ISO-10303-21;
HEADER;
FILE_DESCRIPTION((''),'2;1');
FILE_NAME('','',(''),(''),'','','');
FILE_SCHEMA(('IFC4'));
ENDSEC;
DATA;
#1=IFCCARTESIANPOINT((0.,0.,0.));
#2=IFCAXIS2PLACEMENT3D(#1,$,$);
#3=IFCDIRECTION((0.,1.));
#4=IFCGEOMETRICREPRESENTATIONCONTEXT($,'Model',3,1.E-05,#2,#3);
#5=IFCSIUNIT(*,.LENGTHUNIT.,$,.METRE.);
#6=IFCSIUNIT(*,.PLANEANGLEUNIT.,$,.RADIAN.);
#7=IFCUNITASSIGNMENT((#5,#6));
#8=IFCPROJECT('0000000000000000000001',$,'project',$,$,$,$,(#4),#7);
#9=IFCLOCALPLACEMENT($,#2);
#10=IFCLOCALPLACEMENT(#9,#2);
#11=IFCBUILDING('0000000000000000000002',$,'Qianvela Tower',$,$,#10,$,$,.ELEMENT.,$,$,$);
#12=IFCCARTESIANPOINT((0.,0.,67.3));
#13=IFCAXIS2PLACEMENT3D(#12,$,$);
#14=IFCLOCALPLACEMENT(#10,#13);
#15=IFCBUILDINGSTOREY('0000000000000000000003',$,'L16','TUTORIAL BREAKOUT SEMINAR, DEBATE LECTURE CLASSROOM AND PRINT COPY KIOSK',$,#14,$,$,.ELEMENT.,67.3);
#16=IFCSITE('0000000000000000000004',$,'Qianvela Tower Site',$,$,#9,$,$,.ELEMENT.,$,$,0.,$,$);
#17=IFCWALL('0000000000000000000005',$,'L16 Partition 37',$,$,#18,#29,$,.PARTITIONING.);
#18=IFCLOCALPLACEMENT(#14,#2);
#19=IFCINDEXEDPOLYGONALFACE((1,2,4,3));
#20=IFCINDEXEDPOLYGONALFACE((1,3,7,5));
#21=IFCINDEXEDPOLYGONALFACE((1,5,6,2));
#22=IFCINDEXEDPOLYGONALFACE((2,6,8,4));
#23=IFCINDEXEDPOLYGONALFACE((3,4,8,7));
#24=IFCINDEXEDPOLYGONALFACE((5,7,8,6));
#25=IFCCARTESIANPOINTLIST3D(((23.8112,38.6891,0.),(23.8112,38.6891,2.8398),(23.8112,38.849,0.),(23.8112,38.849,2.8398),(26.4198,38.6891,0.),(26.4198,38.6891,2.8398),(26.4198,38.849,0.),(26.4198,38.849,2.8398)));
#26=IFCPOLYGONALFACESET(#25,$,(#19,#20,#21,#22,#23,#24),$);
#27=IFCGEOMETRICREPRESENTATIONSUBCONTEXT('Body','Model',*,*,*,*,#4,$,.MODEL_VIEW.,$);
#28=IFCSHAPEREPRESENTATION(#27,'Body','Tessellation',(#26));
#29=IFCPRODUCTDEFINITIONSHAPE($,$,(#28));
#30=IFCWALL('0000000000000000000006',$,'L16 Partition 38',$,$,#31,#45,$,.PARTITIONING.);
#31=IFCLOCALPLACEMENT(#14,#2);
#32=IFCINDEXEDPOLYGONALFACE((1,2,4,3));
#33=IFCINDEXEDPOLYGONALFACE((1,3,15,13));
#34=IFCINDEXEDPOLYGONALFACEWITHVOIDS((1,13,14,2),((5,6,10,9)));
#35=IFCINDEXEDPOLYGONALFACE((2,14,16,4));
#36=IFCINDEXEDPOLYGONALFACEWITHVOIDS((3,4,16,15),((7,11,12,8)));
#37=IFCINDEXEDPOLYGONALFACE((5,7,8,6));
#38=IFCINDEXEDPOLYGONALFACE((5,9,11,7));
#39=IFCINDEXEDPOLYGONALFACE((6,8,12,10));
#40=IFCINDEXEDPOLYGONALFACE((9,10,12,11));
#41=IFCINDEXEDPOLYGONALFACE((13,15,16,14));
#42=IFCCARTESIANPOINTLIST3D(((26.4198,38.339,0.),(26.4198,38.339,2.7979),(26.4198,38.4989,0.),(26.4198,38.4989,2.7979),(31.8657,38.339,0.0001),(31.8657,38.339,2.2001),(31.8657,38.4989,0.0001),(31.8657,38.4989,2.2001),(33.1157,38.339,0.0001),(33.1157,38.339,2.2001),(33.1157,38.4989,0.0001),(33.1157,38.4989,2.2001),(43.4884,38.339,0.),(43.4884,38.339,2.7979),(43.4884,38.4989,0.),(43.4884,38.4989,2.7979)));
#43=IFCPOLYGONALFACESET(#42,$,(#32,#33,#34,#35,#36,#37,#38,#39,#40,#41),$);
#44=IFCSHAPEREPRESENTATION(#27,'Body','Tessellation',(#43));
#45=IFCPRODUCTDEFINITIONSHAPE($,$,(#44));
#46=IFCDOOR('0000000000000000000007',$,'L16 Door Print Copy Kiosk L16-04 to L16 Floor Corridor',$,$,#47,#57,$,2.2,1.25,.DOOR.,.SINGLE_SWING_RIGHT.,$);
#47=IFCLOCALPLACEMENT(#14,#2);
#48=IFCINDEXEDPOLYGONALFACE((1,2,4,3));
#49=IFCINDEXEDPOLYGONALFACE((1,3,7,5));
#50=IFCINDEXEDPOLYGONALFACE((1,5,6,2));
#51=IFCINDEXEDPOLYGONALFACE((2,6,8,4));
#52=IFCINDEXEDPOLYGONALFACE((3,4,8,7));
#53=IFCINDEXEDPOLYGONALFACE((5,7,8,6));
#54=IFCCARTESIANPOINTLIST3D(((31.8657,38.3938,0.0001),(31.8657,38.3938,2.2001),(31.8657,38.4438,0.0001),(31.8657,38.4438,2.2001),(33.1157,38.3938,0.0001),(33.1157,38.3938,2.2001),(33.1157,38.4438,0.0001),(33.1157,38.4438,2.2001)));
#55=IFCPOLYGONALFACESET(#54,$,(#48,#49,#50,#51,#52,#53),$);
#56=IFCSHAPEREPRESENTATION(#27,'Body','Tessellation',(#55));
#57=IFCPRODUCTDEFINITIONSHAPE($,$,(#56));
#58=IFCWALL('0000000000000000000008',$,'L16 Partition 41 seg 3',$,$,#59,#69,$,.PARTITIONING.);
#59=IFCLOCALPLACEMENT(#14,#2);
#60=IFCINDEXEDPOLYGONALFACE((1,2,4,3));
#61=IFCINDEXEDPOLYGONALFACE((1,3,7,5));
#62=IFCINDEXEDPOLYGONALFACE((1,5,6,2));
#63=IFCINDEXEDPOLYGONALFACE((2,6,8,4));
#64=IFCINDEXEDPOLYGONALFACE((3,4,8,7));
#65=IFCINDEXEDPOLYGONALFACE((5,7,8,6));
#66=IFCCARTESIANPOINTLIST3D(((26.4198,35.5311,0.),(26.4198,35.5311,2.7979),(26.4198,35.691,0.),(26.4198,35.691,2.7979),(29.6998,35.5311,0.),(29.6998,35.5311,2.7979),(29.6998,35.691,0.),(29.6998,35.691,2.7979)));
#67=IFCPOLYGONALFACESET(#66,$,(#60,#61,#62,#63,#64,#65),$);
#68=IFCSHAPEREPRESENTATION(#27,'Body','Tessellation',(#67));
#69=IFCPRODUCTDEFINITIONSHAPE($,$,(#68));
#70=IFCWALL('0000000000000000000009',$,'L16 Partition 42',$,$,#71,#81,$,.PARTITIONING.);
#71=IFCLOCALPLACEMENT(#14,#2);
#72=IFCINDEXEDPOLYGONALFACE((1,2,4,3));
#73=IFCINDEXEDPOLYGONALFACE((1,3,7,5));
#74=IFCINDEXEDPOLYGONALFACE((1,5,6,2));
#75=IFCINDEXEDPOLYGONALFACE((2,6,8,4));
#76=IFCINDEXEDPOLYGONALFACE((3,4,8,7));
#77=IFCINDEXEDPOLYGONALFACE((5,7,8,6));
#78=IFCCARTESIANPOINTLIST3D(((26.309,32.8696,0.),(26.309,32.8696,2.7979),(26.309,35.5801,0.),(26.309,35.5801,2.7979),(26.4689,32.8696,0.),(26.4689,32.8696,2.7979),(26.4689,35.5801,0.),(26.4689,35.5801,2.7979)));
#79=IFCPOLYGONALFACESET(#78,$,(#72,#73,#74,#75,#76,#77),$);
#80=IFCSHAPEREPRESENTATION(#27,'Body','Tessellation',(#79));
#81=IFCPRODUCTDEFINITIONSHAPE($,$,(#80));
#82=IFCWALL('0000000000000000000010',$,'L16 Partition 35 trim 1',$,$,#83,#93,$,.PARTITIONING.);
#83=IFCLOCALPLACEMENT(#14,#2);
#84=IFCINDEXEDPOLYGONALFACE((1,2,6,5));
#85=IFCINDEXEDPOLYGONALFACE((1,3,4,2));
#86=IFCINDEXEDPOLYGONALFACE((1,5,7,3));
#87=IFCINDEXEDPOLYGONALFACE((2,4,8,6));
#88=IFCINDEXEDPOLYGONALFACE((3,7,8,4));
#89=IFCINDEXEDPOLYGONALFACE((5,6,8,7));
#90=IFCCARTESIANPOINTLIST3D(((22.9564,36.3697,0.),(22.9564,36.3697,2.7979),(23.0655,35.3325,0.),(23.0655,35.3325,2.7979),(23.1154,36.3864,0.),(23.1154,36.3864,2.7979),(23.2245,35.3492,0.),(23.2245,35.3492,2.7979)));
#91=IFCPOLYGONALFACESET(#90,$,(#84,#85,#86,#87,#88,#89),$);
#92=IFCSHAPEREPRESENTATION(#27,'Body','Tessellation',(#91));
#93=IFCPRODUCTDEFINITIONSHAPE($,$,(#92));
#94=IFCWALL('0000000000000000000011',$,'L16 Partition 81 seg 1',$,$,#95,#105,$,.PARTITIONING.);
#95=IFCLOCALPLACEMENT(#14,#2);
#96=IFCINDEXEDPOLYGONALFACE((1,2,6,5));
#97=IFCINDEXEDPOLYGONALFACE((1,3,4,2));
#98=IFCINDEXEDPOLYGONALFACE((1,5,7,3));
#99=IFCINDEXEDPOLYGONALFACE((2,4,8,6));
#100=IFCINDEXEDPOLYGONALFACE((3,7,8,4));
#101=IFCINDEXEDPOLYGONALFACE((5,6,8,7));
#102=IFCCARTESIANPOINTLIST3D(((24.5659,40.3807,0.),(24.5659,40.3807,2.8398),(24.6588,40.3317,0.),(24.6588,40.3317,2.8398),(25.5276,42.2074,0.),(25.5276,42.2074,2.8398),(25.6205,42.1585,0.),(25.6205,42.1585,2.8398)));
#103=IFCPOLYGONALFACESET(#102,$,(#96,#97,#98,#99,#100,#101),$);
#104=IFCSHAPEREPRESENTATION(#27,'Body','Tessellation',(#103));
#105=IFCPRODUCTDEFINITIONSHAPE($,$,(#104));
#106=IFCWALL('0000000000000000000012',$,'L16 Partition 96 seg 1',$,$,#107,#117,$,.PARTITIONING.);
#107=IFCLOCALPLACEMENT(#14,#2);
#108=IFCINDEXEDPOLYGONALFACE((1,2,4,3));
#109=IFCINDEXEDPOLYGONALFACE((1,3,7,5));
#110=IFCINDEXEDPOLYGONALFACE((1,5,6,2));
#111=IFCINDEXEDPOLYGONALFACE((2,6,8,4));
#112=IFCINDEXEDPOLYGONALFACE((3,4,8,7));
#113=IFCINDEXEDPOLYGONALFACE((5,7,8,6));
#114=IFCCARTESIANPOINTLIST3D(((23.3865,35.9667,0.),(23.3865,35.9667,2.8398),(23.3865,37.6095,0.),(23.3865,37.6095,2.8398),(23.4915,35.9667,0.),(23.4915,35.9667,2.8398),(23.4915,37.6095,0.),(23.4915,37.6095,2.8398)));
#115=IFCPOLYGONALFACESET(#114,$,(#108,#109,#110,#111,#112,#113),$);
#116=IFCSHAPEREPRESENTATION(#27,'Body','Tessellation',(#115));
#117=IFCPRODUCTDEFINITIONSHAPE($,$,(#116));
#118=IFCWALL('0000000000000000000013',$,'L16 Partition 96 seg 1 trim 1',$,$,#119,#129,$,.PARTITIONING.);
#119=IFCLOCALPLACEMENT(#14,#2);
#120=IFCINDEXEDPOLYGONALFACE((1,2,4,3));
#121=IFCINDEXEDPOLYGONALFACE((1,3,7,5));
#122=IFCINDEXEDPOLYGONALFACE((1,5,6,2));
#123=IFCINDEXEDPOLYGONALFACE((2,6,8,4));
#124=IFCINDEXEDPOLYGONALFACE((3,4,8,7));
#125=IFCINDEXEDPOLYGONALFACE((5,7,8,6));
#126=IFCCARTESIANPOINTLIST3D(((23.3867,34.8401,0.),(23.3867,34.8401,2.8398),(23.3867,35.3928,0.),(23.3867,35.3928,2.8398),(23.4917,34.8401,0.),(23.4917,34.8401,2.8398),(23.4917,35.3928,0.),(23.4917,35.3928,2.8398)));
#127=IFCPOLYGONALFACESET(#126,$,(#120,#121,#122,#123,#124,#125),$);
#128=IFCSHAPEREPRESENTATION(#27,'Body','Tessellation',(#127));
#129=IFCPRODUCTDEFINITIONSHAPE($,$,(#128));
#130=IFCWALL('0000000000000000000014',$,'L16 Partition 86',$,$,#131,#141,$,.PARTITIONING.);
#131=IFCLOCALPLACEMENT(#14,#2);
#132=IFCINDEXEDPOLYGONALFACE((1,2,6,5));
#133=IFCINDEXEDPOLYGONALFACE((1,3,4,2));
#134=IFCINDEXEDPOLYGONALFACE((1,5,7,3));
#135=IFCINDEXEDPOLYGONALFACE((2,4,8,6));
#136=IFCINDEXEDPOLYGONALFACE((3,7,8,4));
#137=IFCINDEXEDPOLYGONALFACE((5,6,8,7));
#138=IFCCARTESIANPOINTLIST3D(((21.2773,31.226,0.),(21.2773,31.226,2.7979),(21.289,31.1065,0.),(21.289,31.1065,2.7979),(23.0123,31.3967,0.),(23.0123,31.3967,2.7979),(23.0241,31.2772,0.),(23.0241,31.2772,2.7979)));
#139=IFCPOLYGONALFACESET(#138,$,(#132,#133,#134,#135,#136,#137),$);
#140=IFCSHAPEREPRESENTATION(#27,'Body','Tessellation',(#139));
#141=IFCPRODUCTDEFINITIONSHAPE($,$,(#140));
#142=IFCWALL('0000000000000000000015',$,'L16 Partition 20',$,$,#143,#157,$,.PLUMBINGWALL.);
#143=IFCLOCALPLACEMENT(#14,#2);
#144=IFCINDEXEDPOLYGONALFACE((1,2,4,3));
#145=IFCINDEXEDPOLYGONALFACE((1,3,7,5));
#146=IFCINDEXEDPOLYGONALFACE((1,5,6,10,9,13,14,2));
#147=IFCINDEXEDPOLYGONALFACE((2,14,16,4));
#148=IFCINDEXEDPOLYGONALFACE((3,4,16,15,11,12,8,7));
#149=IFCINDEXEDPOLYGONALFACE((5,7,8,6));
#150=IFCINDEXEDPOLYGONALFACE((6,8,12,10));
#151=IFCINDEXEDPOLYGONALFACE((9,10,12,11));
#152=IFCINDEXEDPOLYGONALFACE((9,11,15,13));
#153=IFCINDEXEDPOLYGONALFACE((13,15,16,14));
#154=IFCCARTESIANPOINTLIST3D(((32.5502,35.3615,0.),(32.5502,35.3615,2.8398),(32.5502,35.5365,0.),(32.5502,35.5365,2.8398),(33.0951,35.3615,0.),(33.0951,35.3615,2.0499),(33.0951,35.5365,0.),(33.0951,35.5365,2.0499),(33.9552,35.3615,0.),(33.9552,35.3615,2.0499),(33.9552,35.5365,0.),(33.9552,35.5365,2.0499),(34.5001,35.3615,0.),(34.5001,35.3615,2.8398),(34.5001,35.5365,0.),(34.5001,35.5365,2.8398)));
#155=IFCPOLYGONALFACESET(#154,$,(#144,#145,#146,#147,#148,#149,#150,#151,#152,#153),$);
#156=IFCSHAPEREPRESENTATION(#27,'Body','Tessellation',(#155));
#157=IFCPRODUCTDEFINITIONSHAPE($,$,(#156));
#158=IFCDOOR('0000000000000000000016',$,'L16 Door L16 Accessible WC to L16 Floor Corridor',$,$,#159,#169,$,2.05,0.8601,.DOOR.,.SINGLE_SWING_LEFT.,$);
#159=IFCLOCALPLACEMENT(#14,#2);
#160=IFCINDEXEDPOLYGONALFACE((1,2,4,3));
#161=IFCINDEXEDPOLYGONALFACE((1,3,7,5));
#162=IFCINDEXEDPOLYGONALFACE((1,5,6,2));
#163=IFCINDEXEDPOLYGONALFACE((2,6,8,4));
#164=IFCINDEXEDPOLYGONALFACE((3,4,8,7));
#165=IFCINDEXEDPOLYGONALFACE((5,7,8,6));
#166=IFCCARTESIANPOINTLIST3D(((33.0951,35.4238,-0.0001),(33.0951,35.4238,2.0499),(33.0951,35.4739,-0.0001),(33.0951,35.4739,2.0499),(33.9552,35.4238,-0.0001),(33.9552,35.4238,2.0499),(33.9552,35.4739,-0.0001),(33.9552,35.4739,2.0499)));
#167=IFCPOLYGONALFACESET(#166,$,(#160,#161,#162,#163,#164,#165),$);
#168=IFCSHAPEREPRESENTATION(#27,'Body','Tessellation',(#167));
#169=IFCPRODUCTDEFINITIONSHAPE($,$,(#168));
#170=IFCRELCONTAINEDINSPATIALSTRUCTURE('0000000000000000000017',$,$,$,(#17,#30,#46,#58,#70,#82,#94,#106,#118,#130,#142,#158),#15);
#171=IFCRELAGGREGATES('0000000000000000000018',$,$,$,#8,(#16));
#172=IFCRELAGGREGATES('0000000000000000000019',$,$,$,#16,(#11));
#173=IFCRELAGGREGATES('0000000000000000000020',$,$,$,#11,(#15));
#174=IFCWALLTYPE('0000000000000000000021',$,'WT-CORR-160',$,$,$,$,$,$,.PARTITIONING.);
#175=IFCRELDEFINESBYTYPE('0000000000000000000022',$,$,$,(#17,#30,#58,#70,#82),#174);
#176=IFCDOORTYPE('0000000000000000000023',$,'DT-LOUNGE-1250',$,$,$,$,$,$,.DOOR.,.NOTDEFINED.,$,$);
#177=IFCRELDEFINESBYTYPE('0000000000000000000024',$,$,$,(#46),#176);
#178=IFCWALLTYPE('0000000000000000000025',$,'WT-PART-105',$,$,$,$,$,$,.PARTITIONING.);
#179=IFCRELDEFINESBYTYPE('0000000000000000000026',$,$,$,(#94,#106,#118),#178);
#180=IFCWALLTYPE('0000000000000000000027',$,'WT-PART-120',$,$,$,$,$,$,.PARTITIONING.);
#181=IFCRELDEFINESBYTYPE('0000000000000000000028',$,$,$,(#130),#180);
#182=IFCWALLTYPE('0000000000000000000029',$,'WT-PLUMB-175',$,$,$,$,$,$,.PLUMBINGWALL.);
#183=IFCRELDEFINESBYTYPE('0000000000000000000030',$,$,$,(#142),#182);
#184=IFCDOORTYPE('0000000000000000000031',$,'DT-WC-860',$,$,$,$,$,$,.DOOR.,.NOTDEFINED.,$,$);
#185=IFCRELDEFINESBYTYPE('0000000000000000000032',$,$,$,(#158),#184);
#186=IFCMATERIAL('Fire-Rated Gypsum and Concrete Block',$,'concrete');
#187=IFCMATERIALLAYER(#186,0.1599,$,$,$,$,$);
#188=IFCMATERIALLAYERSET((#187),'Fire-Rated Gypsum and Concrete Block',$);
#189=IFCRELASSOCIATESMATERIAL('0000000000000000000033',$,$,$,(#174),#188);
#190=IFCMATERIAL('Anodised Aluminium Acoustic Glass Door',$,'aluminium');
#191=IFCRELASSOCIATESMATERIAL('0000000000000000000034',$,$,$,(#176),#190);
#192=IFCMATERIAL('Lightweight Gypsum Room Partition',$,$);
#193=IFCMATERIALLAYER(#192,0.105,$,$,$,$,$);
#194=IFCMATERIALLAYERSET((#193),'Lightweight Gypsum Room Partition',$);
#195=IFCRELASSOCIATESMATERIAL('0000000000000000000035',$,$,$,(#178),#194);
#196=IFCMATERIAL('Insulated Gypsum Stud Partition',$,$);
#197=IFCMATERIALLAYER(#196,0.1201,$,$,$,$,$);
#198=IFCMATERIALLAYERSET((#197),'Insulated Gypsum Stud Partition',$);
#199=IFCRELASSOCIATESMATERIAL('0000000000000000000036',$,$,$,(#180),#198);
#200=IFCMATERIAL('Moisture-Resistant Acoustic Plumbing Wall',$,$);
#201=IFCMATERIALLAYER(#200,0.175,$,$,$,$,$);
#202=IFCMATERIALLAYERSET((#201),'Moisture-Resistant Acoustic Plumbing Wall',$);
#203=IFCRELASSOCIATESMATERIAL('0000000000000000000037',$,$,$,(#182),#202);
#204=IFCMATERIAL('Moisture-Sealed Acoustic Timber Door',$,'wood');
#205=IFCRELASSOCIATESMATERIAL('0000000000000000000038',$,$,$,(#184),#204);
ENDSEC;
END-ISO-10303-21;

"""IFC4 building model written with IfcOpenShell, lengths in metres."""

from ifc_helpers import new_model, si_unit, direction, frame, frame_2d, origin, place, context, subcontext, project, spatial, rectangle, extrude, material, layer, layer_set, type_object, element, fill, save


model = new_model("IFC4")

# Units and contexts
model_context = context("Model", 3, precision=1e-05, world=origin(), true_north=direction((0.0, 1.0)))
body_context = subcontext(model_context, "Body", "Model", "MODEL_VIEW")
ifc_project = project(units=[si_unit("LENGTHUNIT", "METRE"), si_unit("PLANEANGLEUNIT", "RADIAN")], contexts=[model_context])

# Site, building, storey
site_placement = place(None, origin())
site = spatial("IfcSite", under=ifc_project, at=site_placement, Name="Qianvela Tower Site", CompositionType="ELEMENT", RefElevation=0.0)
building_placement = place(site_placement, origin())
building = spatial("IfcBuilding", under=site, at=building_placement, Name="Qianvela Tower", CompositionType="ELEMENT")
storey_placement = place(building_placement, frame((0.0, 0.0, 67.3)))
storey = spatial("IfcBuildingStorey", under=building, at=storey_placement, Name="L16", Description="TUTORIAL BREAKOUT SEMINAR, DEBATE LECTURE CLASSROOM AND PRINT COPY KIOSK", CompositionType="ELEMENT", Elevation=67.3)

# Shared definitions
ifc_material_1 = material(Name="Fire-Rated Gypsum and Concrete Block", Category="concrete")
ifc_layer_1 = layer(ifc_material_1, 0.1599)
ifc_layer_set_1 = layer_set([ifc_layer_1], Name="Fire-Rated Gypsum and Concrete Block")
wall_type_1 = type_object("IfcWallType", Name="WT-CORR-160", PredefinedType="PARTITIONING", material=ifc_layer_set_1)

# Wall
wall_1_placement = place(storey_placement, frame((23.8113, 38.769, 0.0), z_axis=(0.0, 0.0, 1.0), x_axis=(1.0, 0.0, 0.0)))
element("IfcWall", 1, at=wall_1_placement, inside=storey, type_object=wall_type_1, Name="L16 Partition 37", PredefinedType="PARTITIONING", context=body_context, shape_type="SweptSolid", body=[
    extrude(rectangle(XDim=2.6086, YDim=0.1599, at=frame_2d((1.3042, 0.0))), origin(), (0.0, 0.0, 1.0), 2.8398),
])

# Wall, opening, door
wall_2_placement = place(storey_placement, frame((26.4199, 38.4189, 0.0), z_axis=(0.0, 0.0, 1.0), x_axis=(1.0, 0.0, 0.0)))
wall_2 = element("IfcWall", 2, at=wall_2_placement, inside=storey, type_object=wall_type_1, Name="L16 Partition 38", PredefinedType="PARTITIONING", context=body_context, shape_type="SweptSolid", body=[
    extrude(rectangle(XDim=17.0686, YDim=0.1599, at=frame_2d((8.5342, 0.0))), origin(), (0.0, 0.0, 1.0), 2.7979),
])
opening_1_placement = place(wall_2_placement, frame((5.4458, 0.0, 0.0)))
opening_1 = element("IfcOpeningElement", 3, at=opening_1_placement, cuts=wall_2, PredefinedType="OPENING", context=body_context, shape_type="SweptSolid", body=[
    extrude(rectangle(XDim=1.25, YDim=2.2, at=frame_2d((0.625, 1.1001))), frame((0.0, 0.0898, 0.0), z_axis=(0.0, -1.0, 0.0), x_axis=(1.0, 0.0, 0.0)), (0.0, 0.0, 1.0), 0.1799),
])
ifc_material_2 = material(Name="Anodised Aluminium Acoustic Glass Door", Category="aluminium")
door_type_1 = type_object("IfcDoorType", Name="DT-LOUNGE-1250", OperationType="NOTDEFINED", PredefinedType="DOOR", material=ifc_material_2)
door_1_placement = place(opening_1_placement, origin())
door_1 = element("IfcDoor", 4, at=door_1_placement, inside=storey, type_object=door_type_1, Name="L16 Door Print Copy Kiosk L16-04 to L16 Floor Corridor", OperationType="SINGLE_SWING_RIGHT", OverallHeight=2.2, OverallWidth=1.25, PredefinedType="DOOR", context=body_context, shape_type="SweptSolid", body=[
    extrude(rectangle(XDim=1.25, YDim=2.2, at=frame_2d((0.625, 1.1001))), frame((0.0, 0.0249, 0.0), z_axis=(0.0, -1.0, 0.0), x_axis=(1.0, 0.0, 0.0)), (0.0, 0.0, 1.0), 0.05),
])
fill(opening_1, door_1)

# Walls
wall_3_placement = place(storey_placement, frame((29.7, 35.6111, 0.0), z_axis=(0.0, 0.0, 1.0), x_axis=(-1.0, 0.0, 0.0)))
element("IfcWall", 5, at=wall_3_placement, inside=storey, type_object=wall_type_1, Name="L16 Partition 41 seg 3", PredefinedType="PARTITIONING", context=body_context, shape_type="SweptSolid", body=[
    extrude(rectangle(XDim=3.28, YDim=0.1599, at=frame_2d((1.6401, 0.0))), origin(), (0.0, 0.0, 1.0), 2.7979),
])
wall_4_placement = place(storey_placement, frame((26.3889, 35.5801, 0.0), z_axis=(0.0, 0.0, 1.0), x_axis=(0.0, -1.0, 0.0)))
element("IfcWall", 6, at=wall_4_placement, inside=storey, type_object=wall_type_1, Name="L16 Partition 42", PredefinedType="PARTITIONING", context=body_context, shape_type="SweptSolid", body=[
    extrude(rectangle(XDim=2.7104, YDim=0.1599, at=frame_2d((1.3552, 0.0))), origin(), (0.0, 0.0, 1.0), 2.7979),
])
wall_5_placement = place(storey_placement, frame((23.145, 35.3408, 0.0), z_axis=(0.0, 0.0, 1.0), x_axis=(-0.104624, 0.994512, 0.0)))
element("IfcWall", 7, at=wall_5_placement, inside=storey, type_object=wall_type_1, Name="L16 Partition 35 trim 1", PredefinedType="PARTITIONING", context=body_context, shape_type="SweptSolid", body=[
    extrude(rectangle(XDim=1.043, YDim=0.1599, at=frame_2d((0.5215, 0.0))), origin(), (0.0, 0.0, 1.0), 2.7979),
])
ifc_material_3 = material(Name="Lightweight Gypsum Room Partition")
ifc_layer_2 = layer(ifc_material_3, 0.105)
ifc_layer_set_2 = layer_set([ifc_layer_2], Name="Lightweight Gypsum Room Partition")
wall_type_2 = type_object("IfcWallType", Name="WT-PART-105", PredefinedType="PARTITIONING", material=ifc_layer_set_2)
wall_6_placement = place(storey_placement, frame((24.6123, 40.3562, 0.0), z_axis=(0.0, 0.0, 1.0), x_axis=(0.465849, 0.884864, 0.0)))
element("IfcWall", 8, at=wall_6_placement, inside=storey, type_object=wall_type_2, Name="L16 Partition 81 seg 1", PredefinedType="PARTITIONING", context=body_context, shape_type="SweptSolid", body=[
    extrude(rectangle(XDim=2.0645, YDim=0.105, at=frame_2d((1.0322, 0.0))), origin(), (0.0, 0.0, 1.0), 2.8398),
])
wall_7_placement = place(storey_placement, frame((23.439, 37.6094, 0.0), z_axis=(0.0, 0.0, 1.0), x_axis=(0.0, -1.0, 0.0)))
element("IfcWall", 9, at=wall_7_placement, inside=storey, type_object=wall_type_2, Name="L16 Partition 96 seg 1", PredefinedType="PARTITIONING", context=body_context, shape_type="SweptSolid", body=[
    extrude(rectangle(XDim=1.6428, YDim=0.105, at=frame_2d((0.8213, 0.0))), origin(), (0.0, 0.0, 1.0), 2.8398),
])
wall_8_placement = place(storey_placement, frame((23.4392, 35.3928, 0.0), z_axis=(0.0, 0.0, 1.0), x_axis=(0.0, -1.0, 0.0)))
element("IfcWall", 10, at=wall_8_placement, inside=storey, type_object=wall_type_2, Name="L16 Partition 96 seg 1 trim 1", PredefinedType="PARTITIONING", context=body_context, shape_type="SweptSolid", body=[
    extrude(rectangle(XDim=0.5527, YDim=0.105, at=frame_2d((0.2764, 0.0))), origin(), (0.0, 0.0, 1.0), 2.8398),
])
ifc_material_4 = material(Name="Insulated Gypsum Stud Partition")
ifc_layer_3 = layer(ifc_material_4, 0.1201)
ifc_layer_set_3 = layer_set([ifc_layer_3], Name="Insulated Gypsum Stud Partition")
wall_type_3 = type_object("IfcWallType", Name="WT-PART-120", PredefinedType="PARTITIONING", material=ifc_layer_set_3)
wall_9_placement = place(storey_placement, frame((23.0181, 31.3369, 0.0), z_axis=(0.0, 0.0, 1.0), x_axis=(-0.995198, -0.097881, 0.0)))
element("IfcWall", 11, at=wall_9_placement, inside=storey, type_object=wall_type_3, Name="L16 Partition 86", PredefinedType="PARTITIONING", context=body_context, shape_type="SweptSolid", body=[
    extrude(rectangle(XDim=1.7434, YDim=0.1201, at=frame_2d((0.8716, 0.0))), origin(), (0.0, 0.0, 1.0), 2.7979),
])

# Wall, opening, door
ifc_material_5 = material(Name="Moisture-Resistant Acoustic Plumbing Wall")
ifc_layer_4 = layer(ifc_material_5, 0.175)
ifc_layer_set_4 = layer_set([ifc_layer_4], Name="Moisture-Resistant Acoustic Plumbing Wall")
wall_type_4 = type_object("IfcWallType", Name="WT-PLUMB-175", PredefinedType="PLUMBINGWALL", material=ifc_layer_set_4)
wall_10_placement = place(storey_placement, frame((32.55, 35.449, 0.0), z_axis=(0.0, 0.0, 1.0), x_axis=(1.0, 0.0, 0.0)))
wall_10 = element("IfcWall", 12, at=wall_10_placement, inside=storey, type_object=wall_type_4, Name="L16 Partition 20", PredefinedType="PLUMBINGWALL", context=body_context, shape_type="SweptSolid", body=[
    extrude(rectangle(XDim=1.95, YDim=0.175, at=frame_2d((0.9751, 0.0))), origin(), (0.0, 0.0, 1.0), 2.8398),
])
opening_2_placement = place(wall_10_placement, frame((0.5449, 0.0, 0.0)))
opening_2 = element("IfcOpeningElement", 13, at=opening_2_placement, cuts=wall_10, PredefinedType="OPENING", context=body_context, shape_type="SweptSolid", body=[
    extrude(rectangle(XDim=0.8601, YDim=2.05, at=frame_2d((0.4302, 1.0249))), frame((0.0, 0.0974, 0.0), z_axis=(0.0, -1.0, 0.0), x_axis=(1.0, 0.0, 0.0)), (0.0, 0.0, 1.0), 0.1951),
])
ifc_material_6 = material(Name="Moisture-Sealed Acoustic Timber Door", Category="wood")
door_type_2 = type_object("IfcDoorType", Name="DT-WC-860", OperationType="NOTDEFINED", PredefinedType="DOOR", material=ifc_material_6)
door_2_placement = place(opening_2_placement, origin())
door_2 = element("IfcDoor", 14, at=door_2_placement, inside=storey, type_object=door_type_2, Name="L16 Door L16 Accessible WC to L16 Floor Corridor", OperationType="SINGLE_SWING_LEFT", OverallHeight=2.05, OverallWidth=0.8601, PredefinedType="DOOR", context=body_context, shape_type="SweptSolid", body=[
    extrude(rectangle(XDim=0.8601, YDim=2.05, at=frame_2d((0.4302, 1.0249))), frame((0.0, 0.0249, 0.0), z_axis=(0.0, -1.0, 0.0), x_axis=(1.0, 0.0, 0.0)), (0.0, 0.0, 1.0), 0.05),
])
fill(opening_2, door_2)

save(model, "model.ifc")
